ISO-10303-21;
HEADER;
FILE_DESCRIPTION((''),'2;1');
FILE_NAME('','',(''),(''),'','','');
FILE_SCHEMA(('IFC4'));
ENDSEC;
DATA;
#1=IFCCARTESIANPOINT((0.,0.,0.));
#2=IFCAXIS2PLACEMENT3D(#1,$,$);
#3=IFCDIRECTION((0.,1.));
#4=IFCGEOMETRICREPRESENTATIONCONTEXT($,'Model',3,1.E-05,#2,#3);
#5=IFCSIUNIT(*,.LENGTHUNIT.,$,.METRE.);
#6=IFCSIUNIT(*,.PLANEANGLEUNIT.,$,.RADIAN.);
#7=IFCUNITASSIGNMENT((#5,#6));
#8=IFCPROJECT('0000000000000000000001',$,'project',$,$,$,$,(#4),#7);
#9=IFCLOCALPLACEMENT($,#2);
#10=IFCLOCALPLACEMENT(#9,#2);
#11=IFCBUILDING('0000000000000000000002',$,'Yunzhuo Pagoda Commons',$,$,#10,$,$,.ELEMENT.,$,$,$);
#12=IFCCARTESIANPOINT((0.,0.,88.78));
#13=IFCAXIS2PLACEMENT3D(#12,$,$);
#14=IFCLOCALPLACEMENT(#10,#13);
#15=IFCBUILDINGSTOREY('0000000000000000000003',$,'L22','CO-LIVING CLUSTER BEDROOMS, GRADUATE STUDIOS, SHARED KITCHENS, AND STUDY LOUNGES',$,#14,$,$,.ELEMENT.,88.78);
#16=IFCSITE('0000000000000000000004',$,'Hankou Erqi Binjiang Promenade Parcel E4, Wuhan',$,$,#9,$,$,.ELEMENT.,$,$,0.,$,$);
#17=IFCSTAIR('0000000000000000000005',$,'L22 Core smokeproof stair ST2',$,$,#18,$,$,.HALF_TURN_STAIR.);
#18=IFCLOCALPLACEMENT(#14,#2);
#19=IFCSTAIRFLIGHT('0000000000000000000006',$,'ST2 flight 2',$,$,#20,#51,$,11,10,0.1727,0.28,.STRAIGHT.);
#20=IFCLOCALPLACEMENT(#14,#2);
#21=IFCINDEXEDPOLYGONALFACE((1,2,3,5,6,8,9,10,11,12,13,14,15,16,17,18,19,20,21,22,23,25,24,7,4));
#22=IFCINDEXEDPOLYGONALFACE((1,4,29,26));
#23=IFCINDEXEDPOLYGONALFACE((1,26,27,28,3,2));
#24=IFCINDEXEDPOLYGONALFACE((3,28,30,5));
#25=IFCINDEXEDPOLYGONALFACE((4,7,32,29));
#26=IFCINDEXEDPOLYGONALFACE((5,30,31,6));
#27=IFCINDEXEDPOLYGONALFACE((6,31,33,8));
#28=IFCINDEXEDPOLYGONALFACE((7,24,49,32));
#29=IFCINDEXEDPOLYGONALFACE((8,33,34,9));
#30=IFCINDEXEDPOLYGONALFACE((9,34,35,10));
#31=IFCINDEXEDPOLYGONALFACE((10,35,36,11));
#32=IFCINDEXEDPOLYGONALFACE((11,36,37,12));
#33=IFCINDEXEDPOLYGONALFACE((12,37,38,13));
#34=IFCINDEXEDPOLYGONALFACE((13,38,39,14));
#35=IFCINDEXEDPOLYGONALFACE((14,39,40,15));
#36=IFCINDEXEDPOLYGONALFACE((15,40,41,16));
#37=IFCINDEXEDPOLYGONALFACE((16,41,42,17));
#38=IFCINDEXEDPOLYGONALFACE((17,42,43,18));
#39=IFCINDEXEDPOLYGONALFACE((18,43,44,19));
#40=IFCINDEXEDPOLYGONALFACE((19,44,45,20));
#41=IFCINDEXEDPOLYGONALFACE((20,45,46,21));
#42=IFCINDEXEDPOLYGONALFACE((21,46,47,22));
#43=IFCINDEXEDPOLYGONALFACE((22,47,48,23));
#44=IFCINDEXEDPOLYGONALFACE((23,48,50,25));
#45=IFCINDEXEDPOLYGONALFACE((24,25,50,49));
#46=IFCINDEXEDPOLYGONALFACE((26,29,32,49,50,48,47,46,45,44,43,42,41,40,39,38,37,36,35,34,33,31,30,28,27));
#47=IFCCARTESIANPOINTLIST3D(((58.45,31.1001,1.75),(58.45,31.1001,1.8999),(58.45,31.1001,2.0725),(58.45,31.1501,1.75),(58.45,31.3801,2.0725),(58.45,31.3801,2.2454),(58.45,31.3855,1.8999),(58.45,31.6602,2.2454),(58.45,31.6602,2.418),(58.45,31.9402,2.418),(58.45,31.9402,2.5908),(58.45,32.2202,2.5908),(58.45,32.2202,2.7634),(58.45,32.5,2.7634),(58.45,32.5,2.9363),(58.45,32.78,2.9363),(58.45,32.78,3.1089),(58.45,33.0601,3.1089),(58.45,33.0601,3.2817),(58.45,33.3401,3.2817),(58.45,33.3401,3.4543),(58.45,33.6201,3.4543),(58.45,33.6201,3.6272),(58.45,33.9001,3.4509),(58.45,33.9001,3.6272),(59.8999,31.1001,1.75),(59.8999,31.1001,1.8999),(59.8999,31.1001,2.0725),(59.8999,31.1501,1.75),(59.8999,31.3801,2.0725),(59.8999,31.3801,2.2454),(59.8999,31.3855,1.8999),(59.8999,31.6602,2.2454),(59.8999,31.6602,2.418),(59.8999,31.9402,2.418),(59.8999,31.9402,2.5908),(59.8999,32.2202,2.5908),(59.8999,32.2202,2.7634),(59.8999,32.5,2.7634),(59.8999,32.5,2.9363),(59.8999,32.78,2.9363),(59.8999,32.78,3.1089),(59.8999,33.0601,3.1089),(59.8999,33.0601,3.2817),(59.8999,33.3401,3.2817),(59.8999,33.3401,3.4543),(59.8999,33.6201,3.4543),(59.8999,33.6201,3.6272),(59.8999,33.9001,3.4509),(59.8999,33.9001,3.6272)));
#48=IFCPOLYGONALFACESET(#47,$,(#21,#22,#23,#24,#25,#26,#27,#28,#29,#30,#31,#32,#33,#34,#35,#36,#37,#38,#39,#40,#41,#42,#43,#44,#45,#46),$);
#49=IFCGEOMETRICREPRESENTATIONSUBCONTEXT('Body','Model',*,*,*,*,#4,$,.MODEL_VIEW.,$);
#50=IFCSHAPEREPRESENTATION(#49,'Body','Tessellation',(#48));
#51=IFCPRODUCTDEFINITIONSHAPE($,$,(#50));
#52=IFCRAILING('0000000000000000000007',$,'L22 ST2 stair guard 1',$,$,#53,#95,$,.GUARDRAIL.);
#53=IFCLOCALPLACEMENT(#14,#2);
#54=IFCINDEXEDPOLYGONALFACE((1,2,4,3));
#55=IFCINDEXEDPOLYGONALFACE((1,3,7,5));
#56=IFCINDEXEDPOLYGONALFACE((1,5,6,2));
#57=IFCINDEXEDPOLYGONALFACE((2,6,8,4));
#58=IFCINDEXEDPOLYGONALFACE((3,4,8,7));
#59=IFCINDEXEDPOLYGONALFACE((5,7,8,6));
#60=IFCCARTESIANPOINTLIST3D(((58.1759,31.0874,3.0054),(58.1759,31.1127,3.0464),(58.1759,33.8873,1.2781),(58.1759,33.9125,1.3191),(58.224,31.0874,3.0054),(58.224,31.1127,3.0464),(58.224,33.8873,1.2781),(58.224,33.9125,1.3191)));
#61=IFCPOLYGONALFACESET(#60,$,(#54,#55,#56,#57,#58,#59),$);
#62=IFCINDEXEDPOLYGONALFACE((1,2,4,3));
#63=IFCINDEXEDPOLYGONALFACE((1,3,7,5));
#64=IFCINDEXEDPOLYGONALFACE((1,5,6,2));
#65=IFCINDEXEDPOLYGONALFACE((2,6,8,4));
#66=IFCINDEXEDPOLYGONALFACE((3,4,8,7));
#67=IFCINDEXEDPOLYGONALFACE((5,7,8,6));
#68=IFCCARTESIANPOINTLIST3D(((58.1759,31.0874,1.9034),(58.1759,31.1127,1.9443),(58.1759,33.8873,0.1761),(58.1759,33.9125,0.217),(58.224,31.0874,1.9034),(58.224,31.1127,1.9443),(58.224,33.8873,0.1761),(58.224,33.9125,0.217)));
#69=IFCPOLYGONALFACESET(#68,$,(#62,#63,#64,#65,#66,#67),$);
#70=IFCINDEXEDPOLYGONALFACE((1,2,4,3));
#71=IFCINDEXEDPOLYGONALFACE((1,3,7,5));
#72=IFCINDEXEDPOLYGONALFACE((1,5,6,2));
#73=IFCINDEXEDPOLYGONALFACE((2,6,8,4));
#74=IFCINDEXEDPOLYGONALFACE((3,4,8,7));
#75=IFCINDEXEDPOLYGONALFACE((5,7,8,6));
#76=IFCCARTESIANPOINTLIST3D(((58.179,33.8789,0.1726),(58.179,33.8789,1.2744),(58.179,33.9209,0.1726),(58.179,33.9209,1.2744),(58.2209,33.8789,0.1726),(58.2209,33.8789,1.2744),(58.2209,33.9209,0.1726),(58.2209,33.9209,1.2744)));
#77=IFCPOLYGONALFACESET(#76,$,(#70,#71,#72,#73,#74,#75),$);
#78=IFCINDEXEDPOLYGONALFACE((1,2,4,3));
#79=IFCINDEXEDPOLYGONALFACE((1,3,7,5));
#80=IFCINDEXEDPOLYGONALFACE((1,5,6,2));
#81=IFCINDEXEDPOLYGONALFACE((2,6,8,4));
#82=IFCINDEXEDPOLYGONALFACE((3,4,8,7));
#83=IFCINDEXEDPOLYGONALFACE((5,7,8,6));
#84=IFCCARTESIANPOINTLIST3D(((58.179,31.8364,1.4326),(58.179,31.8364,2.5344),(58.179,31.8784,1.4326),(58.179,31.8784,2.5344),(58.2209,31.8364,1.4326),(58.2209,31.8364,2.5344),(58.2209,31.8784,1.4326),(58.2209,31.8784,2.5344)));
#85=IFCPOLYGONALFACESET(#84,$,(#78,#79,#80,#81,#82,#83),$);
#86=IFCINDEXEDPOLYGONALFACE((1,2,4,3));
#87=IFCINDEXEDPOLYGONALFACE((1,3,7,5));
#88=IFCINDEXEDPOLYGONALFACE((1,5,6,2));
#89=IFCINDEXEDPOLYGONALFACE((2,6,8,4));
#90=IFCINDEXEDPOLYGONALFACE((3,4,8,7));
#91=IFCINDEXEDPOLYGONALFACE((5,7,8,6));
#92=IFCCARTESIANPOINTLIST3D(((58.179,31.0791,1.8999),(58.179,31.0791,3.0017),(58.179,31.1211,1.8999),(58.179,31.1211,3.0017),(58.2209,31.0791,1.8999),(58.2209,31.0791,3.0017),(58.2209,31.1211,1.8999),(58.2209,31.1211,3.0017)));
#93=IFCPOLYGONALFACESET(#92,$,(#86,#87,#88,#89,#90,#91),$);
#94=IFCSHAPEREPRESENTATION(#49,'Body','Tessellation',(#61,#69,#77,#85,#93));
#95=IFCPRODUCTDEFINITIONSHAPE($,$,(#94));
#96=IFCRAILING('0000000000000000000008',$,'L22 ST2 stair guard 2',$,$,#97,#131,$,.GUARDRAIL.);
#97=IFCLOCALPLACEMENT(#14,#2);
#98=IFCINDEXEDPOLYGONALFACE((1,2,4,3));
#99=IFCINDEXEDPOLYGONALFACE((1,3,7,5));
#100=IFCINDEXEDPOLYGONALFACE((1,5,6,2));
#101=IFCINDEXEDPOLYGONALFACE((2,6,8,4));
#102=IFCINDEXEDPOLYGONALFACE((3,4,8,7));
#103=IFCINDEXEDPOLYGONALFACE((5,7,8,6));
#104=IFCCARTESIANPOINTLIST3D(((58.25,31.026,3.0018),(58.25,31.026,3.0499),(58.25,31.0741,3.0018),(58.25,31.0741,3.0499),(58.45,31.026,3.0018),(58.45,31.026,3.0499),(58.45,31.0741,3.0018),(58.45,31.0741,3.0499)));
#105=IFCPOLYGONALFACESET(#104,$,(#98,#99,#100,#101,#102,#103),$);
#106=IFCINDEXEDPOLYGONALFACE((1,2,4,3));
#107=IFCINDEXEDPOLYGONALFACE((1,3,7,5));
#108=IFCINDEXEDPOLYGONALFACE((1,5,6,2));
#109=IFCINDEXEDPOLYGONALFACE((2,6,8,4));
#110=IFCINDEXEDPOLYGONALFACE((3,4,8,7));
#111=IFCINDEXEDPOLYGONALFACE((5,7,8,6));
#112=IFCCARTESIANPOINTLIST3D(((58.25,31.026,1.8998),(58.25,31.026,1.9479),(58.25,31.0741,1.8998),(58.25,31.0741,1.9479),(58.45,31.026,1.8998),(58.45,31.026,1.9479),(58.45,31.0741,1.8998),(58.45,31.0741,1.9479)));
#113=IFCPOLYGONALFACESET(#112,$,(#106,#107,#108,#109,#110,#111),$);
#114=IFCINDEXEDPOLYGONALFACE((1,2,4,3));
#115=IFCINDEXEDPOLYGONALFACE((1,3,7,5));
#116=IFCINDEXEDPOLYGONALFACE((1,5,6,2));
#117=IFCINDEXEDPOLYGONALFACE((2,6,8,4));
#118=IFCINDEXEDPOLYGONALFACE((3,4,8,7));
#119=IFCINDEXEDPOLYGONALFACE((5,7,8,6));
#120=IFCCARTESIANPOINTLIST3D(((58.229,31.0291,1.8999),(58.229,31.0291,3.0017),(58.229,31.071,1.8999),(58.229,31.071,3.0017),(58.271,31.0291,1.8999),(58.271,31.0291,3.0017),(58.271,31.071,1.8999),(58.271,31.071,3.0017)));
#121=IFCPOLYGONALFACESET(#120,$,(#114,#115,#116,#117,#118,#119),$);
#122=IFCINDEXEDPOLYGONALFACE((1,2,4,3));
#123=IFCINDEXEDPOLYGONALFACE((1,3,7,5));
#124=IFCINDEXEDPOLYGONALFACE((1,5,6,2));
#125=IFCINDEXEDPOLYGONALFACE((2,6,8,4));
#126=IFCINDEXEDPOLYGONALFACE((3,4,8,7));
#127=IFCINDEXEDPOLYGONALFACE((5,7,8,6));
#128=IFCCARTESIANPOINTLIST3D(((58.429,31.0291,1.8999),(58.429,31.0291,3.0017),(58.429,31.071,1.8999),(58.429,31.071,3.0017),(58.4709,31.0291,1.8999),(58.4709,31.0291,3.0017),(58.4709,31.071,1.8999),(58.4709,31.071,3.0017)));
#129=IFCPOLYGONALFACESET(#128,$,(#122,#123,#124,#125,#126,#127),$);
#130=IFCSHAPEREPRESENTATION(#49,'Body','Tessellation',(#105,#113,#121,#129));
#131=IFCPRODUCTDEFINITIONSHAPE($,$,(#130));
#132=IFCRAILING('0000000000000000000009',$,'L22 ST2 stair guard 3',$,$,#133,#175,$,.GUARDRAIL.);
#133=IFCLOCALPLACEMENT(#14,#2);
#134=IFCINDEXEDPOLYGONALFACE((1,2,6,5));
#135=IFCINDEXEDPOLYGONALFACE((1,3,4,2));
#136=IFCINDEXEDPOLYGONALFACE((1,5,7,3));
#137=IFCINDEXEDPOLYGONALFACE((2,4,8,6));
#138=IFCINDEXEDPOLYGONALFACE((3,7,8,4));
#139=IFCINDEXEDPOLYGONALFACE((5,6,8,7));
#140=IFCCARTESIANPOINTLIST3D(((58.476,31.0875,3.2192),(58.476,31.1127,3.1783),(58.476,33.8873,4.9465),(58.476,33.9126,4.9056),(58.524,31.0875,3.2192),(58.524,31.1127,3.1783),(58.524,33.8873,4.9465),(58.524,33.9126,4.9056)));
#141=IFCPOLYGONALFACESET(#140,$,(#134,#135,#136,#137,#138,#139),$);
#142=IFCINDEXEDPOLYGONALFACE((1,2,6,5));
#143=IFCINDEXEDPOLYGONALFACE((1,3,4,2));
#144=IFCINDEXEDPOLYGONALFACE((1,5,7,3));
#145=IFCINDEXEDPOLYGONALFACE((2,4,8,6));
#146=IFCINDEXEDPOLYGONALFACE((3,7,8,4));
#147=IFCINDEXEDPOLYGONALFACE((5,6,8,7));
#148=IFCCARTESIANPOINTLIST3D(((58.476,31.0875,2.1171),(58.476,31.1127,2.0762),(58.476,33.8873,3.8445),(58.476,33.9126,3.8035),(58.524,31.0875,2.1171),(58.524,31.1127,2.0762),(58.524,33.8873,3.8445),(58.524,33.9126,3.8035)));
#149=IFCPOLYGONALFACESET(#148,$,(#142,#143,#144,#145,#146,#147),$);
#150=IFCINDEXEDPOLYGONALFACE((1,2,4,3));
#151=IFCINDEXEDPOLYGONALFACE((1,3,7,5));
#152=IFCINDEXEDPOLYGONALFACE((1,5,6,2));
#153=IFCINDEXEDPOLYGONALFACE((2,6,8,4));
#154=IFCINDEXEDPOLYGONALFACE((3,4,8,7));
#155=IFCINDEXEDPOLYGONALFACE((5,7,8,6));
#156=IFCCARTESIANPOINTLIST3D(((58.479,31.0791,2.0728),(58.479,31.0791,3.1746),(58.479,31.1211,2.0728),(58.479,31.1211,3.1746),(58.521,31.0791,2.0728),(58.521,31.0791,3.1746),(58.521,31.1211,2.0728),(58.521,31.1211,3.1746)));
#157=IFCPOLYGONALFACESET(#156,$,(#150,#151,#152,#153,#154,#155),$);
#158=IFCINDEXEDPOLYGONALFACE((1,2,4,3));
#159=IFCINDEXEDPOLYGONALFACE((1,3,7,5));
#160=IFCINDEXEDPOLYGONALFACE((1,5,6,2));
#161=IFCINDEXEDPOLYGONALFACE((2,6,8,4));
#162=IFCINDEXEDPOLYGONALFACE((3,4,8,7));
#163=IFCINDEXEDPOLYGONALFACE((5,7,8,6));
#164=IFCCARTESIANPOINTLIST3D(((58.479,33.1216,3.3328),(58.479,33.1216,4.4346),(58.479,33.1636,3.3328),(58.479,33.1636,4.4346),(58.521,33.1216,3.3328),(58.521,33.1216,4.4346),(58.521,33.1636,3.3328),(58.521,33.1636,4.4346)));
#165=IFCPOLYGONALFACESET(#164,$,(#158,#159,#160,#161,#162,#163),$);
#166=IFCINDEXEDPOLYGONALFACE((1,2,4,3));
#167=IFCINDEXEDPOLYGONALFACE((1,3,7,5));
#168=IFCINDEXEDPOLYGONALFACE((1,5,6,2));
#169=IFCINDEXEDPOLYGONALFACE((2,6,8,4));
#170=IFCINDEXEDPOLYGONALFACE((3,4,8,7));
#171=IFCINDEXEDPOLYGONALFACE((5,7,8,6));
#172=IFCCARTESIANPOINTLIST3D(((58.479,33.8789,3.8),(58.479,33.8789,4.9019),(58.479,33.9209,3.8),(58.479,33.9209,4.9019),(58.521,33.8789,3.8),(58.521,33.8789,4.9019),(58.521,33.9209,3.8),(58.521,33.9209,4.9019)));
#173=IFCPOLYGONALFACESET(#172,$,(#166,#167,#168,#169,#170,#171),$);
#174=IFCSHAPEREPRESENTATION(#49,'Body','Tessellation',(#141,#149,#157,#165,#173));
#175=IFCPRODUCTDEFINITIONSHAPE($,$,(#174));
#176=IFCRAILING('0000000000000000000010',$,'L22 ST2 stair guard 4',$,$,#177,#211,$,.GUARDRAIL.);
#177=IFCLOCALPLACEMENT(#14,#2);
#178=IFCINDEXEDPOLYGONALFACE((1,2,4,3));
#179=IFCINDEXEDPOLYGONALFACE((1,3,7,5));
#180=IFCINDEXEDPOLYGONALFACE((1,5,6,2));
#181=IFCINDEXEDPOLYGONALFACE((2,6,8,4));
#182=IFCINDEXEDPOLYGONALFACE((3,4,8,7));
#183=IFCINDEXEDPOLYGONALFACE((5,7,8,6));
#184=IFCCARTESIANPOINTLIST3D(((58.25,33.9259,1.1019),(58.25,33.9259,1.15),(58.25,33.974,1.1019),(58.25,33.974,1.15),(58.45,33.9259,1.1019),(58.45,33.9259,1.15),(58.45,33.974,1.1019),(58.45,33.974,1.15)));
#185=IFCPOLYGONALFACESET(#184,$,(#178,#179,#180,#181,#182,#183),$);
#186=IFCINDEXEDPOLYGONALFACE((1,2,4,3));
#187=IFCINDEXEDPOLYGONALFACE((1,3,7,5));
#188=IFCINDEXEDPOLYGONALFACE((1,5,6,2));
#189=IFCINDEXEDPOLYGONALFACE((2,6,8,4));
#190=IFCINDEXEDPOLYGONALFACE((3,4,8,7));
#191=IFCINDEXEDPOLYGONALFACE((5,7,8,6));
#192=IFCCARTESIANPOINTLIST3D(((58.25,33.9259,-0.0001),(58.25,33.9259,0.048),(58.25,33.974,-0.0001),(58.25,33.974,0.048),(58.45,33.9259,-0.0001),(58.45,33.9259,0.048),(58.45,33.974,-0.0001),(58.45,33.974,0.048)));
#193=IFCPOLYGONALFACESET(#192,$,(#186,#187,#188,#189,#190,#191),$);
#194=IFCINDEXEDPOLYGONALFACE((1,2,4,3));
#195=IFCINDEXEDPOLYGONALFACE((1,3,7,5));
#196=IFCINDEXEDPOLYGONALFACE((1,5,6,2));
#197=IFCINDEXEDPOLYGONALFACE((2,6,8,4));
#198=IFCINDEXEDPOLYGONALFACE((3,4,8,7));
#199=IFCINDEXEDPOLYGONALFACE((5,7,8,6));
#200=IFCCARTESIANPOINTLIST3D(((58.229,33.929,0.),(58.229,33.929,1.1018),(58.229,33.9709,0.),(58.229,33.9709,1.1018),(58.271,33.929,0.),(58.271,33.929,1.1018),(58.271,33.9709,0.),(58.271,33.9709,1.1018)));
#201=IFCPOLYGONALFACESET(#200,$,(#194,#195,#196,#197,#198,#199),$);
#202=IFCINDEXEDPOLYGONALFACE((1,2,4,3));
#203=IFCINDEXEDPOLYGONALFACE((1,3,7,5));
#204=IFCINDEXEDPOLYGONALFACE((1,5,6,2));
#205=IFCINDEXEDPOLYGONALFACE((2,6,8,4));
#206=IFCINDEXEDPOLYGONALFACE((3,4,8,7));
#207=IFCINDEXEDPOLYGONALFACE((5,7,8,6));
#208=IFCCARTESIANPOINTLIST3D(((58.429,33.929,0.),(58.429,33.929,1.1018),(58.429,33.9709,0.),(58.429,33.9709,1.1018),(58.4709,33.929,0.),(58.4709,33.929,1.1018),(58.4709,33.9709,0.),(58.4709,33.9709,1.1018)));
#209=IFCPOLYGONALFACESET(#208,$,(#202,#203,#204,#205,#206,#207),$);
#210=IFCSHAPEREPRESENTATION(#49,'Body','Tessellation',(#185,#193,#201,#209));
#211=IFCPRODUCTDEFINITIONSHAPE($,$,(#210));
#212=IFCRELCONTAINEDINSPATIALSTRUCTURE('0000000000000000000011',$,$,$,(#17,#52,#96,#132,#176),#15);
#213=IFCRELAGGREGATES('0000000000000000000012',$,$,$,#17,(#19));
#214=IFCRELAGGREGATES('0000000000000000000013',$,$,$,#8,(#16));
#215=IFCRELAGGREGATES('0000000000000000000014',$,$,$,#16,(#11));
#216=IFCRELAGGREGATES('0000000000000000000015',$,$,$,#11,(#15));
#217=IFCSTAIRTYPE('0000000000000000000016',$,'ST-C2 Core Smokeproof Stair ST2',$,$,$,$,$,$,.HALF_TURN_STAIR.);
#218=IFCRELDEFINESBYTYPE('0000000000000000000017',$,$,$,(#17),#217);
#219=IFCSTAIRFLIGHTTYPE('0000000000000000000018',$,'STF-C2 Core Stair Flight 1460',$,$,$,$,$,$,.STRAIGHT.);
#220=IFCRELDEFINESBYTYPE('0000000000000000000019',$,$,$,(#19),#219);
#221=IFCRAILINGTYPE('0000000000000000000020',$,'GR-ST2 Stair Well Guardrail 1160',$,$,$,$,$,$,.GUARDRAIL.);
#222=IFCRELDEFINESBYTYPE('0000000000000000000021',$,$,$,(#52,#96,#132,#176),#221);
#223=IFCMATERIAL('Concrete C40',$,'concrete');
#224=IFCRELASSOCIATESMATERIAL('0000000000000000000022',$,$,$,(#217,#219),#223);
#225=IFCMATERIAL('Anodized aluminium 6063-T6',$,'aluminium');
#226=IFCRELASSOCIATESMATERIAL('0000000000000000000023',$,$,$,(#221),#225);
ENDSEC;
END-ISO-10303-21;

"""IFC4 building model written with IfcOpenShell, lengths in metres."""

from ifc_helpers import new_model, si_unit, direction, frame, origin, origin_2d, place, context, subcontext, project, spatial, polyline, rectangle, outline, extrude, source, transform, mapped, material, type_object, element, aggregate, save


model = new_model("IFC4")

# Units and contexts
model_context = context("Model", 3, precision=1e-05, world=origin(), true_north=direction((0.0, 1.0)))
body_context = subcontext(model_context, "Body", "Model", "MODEL_VIEW")
ifc_project = project(units=[si_unit("LENGTHUNIT", "METRE"), si_unit("PLANEANGLEUNIT", "RADIAN")], contexts=[model_context])

# Site, building, storey
site_placement = place(None, origin())
site = spatial("IfcSite", under=ifc_project, at=site_placement, Name="Hankou Erqi Binjiang Promenade Parcel E4, Wuhan", CompositionType="ELEMENT", RefElevation=0.0)
building_placement = place(site_placement, origin())
building = spatial("IfcBuilding", under=site, at=building_placement, Name="Yunzhuo Pagoda Commons", CompositionType="ELEMENT")
storey_placement = place(building_placement, frame((0.0, 0.0, 88.78)))
storey = spatial("IfcBuildingStorey", under=building, at=storey_placement, Name="L22", Description="CO-LIVING CLUSTER BEDROOMS, GRADUATE STUDIOS, SHARED KITCHENS, AND STUDY LOUNGES", CompositionType="ELEMENT", Elevation=88.78)

# Shared definitions
ifc_material_1 = material(Name="Anodized aluminium 6063-T6", Category="aluminium")

# Stair, stair flight
ifc_material_2 = material(Name="Concrete C40", Category="concrete")
stair_type = type_object("IfcStairType", Name="ST-C2 Core Smokeproof Stair ST2", PredefinedType="HALF_TURN_STAIR", material=ifc_material_2)
stair_placement = place(storey_placement, origin())
stair = element("IfcStair", 1, at=stair_placement, inside=storey, type_object=stair_type, Name="L22 Core smokeproof stair ST2", PredefinedType="HALF_TURN_STAIR")
stair_flight_type = type_object("IfcStairFlightType", Name="STF-C2 Core Stair Flight 1460", PredefinedType="STRAIGHT", material=ifc_material_2)
shared_shape_1 = source(origin(), body_context, "Body", "SweptSolid", [
    extrude(outline(polyline([(0.0, -0.1499), (0.0, 0.0), (0.0, 0.1726), (0.28, 0.1726), (0.28, 0.3455), (0.5601, 0.3455), (0.5601, 0.5181), (0.8401, 0.5181), (0.8401, 0.6909), (1.1201, 0.6909), (1.1201, 0.8635), (1.3999, 0.8635), (1.3999, 1.0364), (1.6799, 1.0364), (1.6799, 1.209), (1.96, 1.209), (1.96, 1.3818), (2.24, 1.3818), (2.24, 1.5544), (2.52, 1.5544), (2.52, 1.7273), (2.8, 1.7273), (2.8, 1.8999), (2.8, 1.551), (0.2854, 0.0), (0.05, -0.1499), (0.0, -0.1499)])), frame((0.0, 0.7251, 0.0), z_axis=(0.0, -1.0, 0.0), x_axis=(1.0, 0.0, 0.0)), (0.0, 0.0, 1.0), 1.45),
])
stair_flight_1_placement = place(storey_placement, frame((59.175, 31.1001, 1.8999), z_axis=(0.0, 0.0, 1.0), x_axis=(0.0, 1.0, 0.0)))
stair_flight_1 = element("IfcStairFlight", 2, at=stair_flight_1_placement, type_object=stair_flight_type, Name="ST2 flight 2", NumberOfRisers=11, NumberOfTreads=10, PredefinedType="STRAIGHT", RiserHeight=0.1727, TreadLength=0.28, context=body_context, shape_type="MappedRepresentation", body=[
    mapped(shared_shape_1, transform((0.0, 0.0, 0.0), scale=1.0)),
])
aggregate(stair, [stair_flight_1])

# Railings
railing_type_1 = type_object("IfcRailingType", Name="GR-ST2 Stair Well Guardrail 1160", PredefinedType="GUARDRAIL", material=ifc_material_1)
railing_1_placement = place(storey_placement, frame((58.2, 33.8999, 0.1726)))
element("IfcRailing", 3, at=railing_1_placement, inside=storey, type_object=railing_type_1, Name="L22 ST2 stair guard 1", PredefinedType="GUARDRAIL", context=body_context, shape_type="SweptSolid", body=[
    extrude(rectangle(XDim=0.0481, YDim=0.0481, at=origin_2d()), frame((0.0, 0.0, 1.126), z_axis=(0.0, -0.851069, 0.525054), x_axis=(1.0, 0.0, 0.0)), (0.0, 0.0, 1.0), 3.2898),
    extrude(rectangle(XDim=0.0481, YDim=0.0481, at=origin_2d()), frame((0.0, 0.0, 0.0239), z_axis=(0.0, -0.851069, 0.525054), x_axis=(1.0, 0.0, 0.0)), (0.0, 0.0, 1.0), 3.2898),
    extrude(rectangle(XDim=0.042, YDim=0.042, at=origin_2d()), origin(), (0.0, 0.0, 1.0), 1.1018),
    extrude(rectangle(XDim=0.042, YDim=0.042, at=origin_2d()), frame((0.0, -2.0425, 1.26)), (0.0, 0.0, 1.0), 1.1018),
    extrude(rectangle(XDim=0.042, YDim=0.042, at=origin_2d()), frame((0.0, -2.7998, 1.7273)), (0.0, 0.0, 1.0), 1.1018),
])
railing_2_placement = place(storey_placement, frame((58.25, 31.05, 1.8999)))
element("IfcRailing", 4, at=railing_2_placement, inside=storey, type_object=railing_type_1, Name="L22 ST2 stair guard 2", PredefinedType="GUARDRAIL", context=body_context, shape_type="SweptSolid", body=[
    extrude(rectangle(XDim=0.0481, YDim=0.0481, at=origin_2d()), frame((0.0, 0.0, 1.126), z_axis=(1.0, 0.0, 0.0), x_axis=(0.0, 1.0, 0.0)), (0.0, 0.0, 1.0), 0.2),
    extrude(rectangle(XDim=0.0481, YDim=0.0481, at=origin_2d()), frame((0.0, 0.0, 0.0239), z_axis=(1.0, 0.0, 0.0), x_axis=(0.0, 1.0, 0.0)), (0.0, 0.0, 1.0), 0.2),
    extrude(rectangle(XDim=0.042, YDim=0.042, at=origin_2d()), origin(), (0.0, 0.0, 1.0), 1.1018),
    extrude(rectangle(XDim=0.042, YDim=0.042, at=origin_2d()), frame((0.2, 0.0, 0.0)), (0.0, 0.0, 1.0), 1.1018),
])
railing_3_placement = place(storey_placement, frame((58.5, 31.1001, 2.0728)))
element("IfcRailing", 5, at=railing_3_placement, inside=storey, type_object=railing_type_1, Name="L22 ST2 stair guard 3", PredefinedType="GUARDRAIL", context=body_context, shape_type="SweptSolid", body=[
    extrude(rectangle(XDim=0.0481, YDim=0.0481, at=origin_2d()), frame((0.0, 0.0, 1.126), z_axis=(0.0, 0.851069, 0.525054), x_axis=(-1.0, 0.0, 0.0)), (0.0, 0.0, 1.0), 3.2898),
    extrude(rectangle(XDim=0.0481, YDim=0.0481, at=origin_2d()), frame((0.0, 0.0, 0.0239), z_axis=(0.0, 0.851069, 0.525054), x_axis=(-1.0, 0.0, 0.0)), (0.0, 0.0, 1.0), 3.2898),
    extrude(rectangle(XDim=0.042, YDim=0.042, at=origin_2d()), origin(), (0.0, 0.0, 1.0), 1.1018),
    extrude(rectangle(XDim=0.042, YDim=0.042, at=origin_2d()), frame((0.0, 2.0425, 1.26)), (0.0, 0.0, 1.0), 1.1018),
    extrude(rectangle(XDim=0.042, YDim=0.042, at=origin_2d()), frame((0.0, 2.7998, 1.7273)), (0.0, 0.0, 1.0), 1.1018),
])
railing_4_placement = place(storey_placement, frame((58.25, 33.95, 0.0)))
element("IfcRailing", 6, at=railing_4_placement, inside=storey, type_object=railing_type_1, Name="L22 ST2 stair guard 4", PredefinedType="GUARDRAIL", context=body_context, shape_type="SweptSolid", body=[
    extrude(rectangle(XDim=0.0481, YDim=0.0481, at=origin_2d()), frame((0.0, 0.0, 1.126), z_axis=(1.0, 0.0, 0.0), x_axis=(0.0, 1.0, 0.0)), (0.0, 0.0, 1.0), 0.2),
    extrude(rectangle(XDim=0.0481, YDim=0.0481, at=origin_2d()), frame((0.0, 0.0, 0.0239), z_axis=(1.0, 0.0, 0.0), x_axis=(0.0, 1.0, 0.0)), (0.0, 0.0, 1.0), 0.2),
    extrude(rectangle(XDim=0.042, YDim=0.042, at=origin_2d()), origin(), (0.0, 0.0, 1.0), 1.1018),
    extrude(rectangle(XDim=0.042, YDim=0.042, at=origin_2d()), frame((0.2, 0.0, 0.0)), (0.0, 0.0, 1.0), 1.1018),
])

save(model, "model.ifc")
